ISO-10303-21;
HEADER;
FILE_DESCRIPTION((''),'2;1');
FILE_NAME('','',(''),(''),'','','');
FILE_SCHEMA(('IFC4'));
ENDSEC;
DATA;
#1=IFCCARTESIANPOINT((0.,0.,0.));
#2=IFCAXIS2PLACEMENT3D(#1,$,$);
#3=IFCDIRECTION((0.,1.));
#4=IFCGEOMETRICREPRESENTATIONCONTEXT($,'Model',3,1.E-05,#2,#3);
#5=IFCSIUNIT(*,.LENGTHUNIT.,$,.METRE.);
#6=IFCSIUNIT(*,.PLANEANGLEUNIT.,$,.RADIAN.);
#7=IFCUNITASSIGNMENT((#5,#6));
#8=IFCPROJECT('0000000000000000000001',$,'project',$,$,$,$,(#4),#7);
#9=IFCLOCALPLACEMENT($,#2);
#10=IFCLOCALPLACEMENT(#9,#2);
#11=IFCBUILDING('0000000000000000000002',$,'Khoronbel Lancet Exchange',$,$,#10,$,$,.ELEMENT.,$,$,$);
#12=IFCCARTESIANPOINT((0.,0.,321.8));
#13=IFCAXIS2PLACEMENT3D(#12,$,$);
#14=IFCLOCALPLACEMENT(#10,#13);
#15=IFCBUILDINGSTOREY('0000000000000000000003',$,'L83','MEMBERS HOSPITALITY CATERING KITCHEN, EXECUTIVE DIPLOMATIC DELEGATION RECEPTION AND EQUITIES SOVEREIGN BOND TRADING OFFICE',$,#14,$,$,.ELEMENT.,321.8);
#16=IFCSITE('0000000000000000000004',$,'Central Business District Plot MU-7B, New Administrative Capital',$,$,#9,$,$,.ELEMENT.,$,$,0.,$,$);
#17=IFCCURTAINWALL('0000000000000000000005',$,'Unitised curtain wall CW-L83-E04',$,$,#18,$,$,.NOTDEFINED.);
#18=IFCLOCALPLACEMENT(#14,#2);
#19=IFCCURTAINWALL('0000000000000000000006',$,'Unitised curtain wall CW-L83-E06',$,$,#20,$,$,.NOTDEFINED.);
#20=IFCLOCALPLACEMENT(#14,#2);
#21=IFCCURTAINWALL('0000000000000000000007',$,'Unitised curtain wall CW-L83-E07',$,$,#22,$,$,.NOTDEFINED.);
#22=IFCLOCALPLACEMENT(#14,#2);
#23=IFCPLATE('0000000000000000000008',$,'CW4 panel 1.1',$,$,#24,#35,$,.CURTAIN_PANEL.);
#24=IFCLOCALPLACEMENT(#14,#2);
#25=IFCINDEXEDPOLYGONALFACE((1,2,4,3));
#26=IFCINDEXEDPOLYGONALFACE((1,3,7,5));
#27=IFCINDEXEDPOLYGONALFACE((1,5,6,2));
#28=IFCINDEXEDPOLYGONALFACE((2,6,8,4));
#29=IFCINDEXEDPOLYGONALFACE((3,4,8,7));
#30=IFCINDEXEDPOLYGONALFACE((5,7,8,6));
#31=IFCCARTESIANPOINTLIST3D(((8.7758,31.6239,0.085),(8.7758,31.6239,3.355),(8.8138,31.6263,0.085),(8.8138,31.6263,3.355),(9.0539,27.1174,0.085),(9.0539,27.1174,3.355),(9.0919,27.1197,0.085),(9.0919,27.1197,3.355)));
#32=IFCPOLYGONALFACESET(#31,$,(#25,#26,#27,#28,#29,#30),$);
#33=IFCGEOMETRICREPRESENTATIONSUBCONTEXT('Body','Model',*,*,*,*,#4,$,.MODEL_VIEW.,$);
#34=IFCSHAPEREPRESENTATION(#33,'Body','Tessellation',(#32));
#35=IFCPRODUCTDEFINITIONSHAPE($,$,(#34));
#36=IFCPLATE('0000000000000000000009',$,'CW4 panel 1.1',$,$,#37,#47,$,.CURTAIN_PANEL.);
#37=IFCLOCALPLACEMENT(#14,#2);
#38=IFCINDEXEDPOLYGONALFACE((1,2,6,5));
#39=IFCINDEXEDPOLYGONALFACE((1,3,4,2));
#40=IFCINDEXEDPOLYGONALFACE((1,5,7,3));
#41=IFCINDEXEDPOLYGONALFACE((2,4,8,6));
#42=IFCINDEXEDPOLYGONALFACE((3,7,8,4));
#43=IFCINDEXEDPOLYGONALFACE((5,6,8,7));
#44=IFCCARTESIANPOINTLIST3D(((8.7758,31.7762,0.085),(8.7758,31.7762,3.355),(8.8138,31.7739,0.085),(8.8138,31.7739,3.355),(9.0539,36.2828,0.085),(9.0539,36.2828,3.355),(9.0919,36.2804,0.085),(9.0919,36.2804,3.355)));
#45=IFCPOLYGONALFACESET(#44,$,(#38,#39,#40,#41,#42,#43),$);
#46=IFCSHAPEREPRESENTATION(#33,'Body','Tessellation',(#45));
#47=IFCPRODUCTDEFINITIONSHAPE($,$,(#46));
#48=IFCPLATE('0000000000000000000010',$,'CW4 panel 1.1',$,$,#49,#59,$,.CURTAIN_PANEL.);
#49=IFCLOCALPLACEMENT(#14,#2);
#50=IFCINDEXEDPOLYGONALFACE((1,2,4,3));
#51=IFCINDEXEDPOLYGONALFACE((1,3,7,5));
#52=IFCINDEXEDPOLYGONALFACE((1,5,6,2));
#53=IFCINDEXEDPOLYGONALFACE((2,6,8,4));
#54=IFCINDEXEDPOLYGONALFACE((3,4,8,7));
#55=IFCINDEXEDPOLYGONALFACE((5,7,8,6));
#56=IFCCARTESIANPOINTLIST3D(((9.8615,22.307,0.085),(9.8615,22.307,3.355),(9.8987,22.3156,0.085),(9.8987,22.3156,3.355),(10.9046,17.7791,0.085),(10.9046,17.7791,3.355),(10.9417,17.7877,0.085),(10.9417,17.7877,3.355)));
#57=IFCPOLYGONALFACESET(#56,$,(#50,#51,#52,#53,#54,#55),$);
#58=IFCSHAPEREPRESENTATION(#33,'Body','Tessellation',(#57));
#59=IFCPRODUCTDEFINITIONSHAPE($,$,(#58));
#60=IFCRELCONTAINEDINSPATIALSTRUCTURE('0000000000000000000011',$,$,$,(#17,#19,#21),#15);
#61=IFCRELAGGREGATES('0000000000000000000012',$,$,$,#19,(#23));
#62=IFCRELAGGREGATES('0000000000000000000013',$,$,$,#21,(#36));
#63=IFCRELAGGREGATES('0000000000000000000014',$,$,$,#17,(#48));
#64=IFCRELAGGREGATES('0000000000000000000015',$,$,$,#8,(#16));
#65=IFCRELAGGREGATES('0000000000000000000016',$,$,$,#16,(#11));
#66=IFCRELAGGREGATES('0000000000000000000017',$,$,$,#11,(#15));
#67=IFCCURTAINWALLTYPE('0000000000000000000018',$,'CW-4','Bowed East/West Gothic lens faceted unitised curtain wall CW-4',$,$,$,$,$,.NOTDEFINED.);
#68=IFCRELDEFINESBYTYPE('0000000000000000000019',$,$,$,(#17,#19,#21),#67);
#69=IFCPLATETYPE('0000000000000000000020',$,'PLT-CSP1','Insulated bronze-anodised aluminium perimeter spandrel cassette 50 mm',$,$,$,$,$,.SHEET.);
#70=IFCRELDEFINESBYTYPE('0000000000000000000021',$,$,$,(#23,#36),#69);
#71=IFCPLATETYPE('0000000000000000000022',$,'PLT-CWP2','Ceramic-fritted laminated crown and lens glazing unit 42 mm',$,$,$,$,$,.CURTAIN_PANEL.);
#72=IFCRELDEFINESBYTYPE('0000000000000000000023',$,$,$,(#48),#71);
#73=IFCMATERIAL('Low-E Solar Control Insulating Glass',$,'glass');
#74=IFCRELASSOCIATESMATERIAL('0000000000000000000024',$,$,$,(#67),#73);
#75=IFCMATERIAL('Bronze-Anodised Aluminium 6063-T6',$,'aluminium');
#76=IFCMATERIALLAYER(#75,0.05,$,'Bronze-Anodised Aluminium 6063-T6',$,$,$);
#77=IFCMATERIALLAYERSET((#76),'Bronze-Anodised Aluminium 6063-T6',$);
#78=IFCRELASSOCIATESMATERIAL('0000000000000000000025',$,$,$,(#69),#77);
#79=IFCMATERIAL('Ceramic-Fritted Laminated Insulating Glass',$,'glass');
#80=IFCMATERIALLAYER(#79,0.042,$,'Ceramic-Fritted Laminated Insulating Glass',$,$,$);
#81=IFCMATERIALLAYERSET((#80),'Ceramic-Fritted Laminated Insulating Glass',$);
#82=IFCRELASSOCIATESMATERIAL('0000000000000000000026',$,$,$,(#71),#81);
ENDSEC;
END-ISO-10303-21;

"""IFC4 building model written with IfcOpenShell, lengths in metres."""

from ifc_helpers import new_model, si_unit, direction, frame, origin, origin_2d, place, context, subcontext, project, spatial, rectangle, extrude, material, layer, layer_set, type_object, element, aggregate, save


model = new_model("IFC4")

# Units and contexts
model_context = context("Model", 3, precision=1e-05, world=origin(), true_north=direction((0.0, 1.0)))
body_context = subcontext(model_context, "Body", "Model", "MODEL_VIEW")
ifc_project = project(units=[si_unit("LENGTHUNIT", "METRE"), si_unit("PLANEANGLEUNIT", "RADIAN")], contexts=[model_context])

# Site, building, storey
site_placement = place(None, origin())
site = spatial("IfcSite", under=ifc_project, at=site_placement, Name="Central Business District Plot MU-7B, New Administrative Capital", CompositionType="ELEMENT", RefElevation=0.0)
building_placement = place(site_placement, origin())
building = spatial("IfcBuilding", under=site, at=building_placement, Name="Khoronbel Lancet Exchange", CompositionType="ELEMENT")
storey_placement = place(building_placement, frame((0.0, 0.0, 321.8)))
storey = spatial("IfcBuildingStorey", under=building, at=storey_placement, Name="L83", Description="MEMBERS HOSPITALITY CATERING KITCHEN, EXECUTIVE DIPLOMATIC DELEGATION RECEPTION AND EQUITIES SOVEREIGN BOND TRADING OFFICE", CompositionType="ELEMENT", Elevation=321.8)

# Curtain walls
ifc_material_1 = material(Name="Low-E Solar Control Insulating Glass", Category="glass")
curtain_wall_type = type_object("IfcCurtainWallType", Name="CW-4", Description="Bowed East/West Gothic lens faceted unitised curtain wall CW-4", PredefinedType="NOTDEFINED", material=ifc_material_1)
curtain_wall_1_placement = place(storey_placement, origin())
curtain_wall_1 = element("IfcCurtainWall", 1, at=curtain_wall_1_placement, inside=storey, type_object=curtain_wall_type, Name="Unitised curtain wall CW-L83-E04", PredefinedType="NOTDEFINED")
ifc_material_2 = material(Name="Bronze-Anodised Aluminium 6063-T6", Category="aluminium")
curtain_wall_2_placement = place(storey_placement, origin())
curtain_wall_2 = element("IfcCurtainWall", 2, at=curtain_wall_2_placement, inside=storey, type_object=curtain_wall_type, Name="Unitised curtain wall CW-L83-E06", PredefinedType="NOTDEFINED")

# Curtain wall
curtain_wall_3_placement = place(storey_placement, origin())
curtain_wall_3 = element("IfcCurtainWall", 3, at=curtain_wall_3_placement, inside=storey, type_object=curtain_wall_type, Name="Unitised curtain wall CW-L83-E07", PredefinedType="NOTDEFINED")

# Plates
ifc_layer_1 = layer(ifc_material_2, 0.05, Name="Bronze-Anodised Aluminium 6063-T6")
ifc_layer_set_1 = layer_set([ifc_layer_1], Name="Bronze-Anodised Aluminium 6063-T6")
plate_type_1 = type_object("IfcPlateType", Name="PLT-CSP1", Description="Insulated bronze-anodised aluminium perimeter spandrel cassette 50 mm", PredefinedType="SHEET", material=ifc_layer_set_1)
plate_1_placement = place(storey_placement, frame((8.9338, 29.3718, 0.085), z_axis=(0.0, 0.0, 1.0), x_axis=(-0.061583, 0.998102, 0.0)))
plate_1 = element("IfcPlate", 4, at=plate_1_placement, type_object=plate_type_1, Name="CW4 panel 1.1", PredefinedType="CURTAIN_PANEL", context=body_context, shape_type="SweptSolid", body=[
    extrude(rectangle(XDim=4.5151, YDim=0.0381, at=origin_2d()), origin(), (0.0, 0.0, 1.0), 3.27),
])
aggregate(curtain_wall_2, [plate_1])
plate_2_placement = place(storey_placement, frame((8.9338, 34.0283, 0.085), z_axis=(0.0, 0.0, 1.0), x_axis=(0.061583, 0.998102, 0.0)))
plate_2 = element("IfcPlate", 5, at=plate_2_placement, type_object=plate_type_1, Name="CW4 panel 1.1", PredefinedType="CURTAIN_PANEL", context=body_context, shape_type="SweptSolid", body=[
    extrude(rectangle(XDim=4.5151, YDim=0.0381, at=origin_2d()), origin(), (0.0, 0.0, 1.0), 3.27),
])
aggregate(curtain_wall_3, [plate_2])
ifc_material_3 = material(Name="Ceramic-Fritted Laminated Insulating Glass", Category="glass")
ifc_layer_2 = layer(ifc_material_3, 0.042, Name="Ceramic-Fritted Laminated Insulating Glass")
ifc_layer_set_2 = layer_set([ifc_layer_2], Name="Ceramic-Fritted Laminated Insulating Glass")
plate_type_2 = type_object("IfcPlateType", Name="PLT-CWP2", Description="Ceramic-fritted laminated crown and lens glazing unit 42 mm", PredefinedType="CURTAIN_PANEL", material=ifc_layer_set_2)
plate_3_placement = place(storey_placement, frame((10.4016, 20.0474, 0.085), z_axis=(0.0, 0.0, 1.0), x_axis=(-0.224476, 0.97448, 0.0)))
plate_3 = element("IfcPlate", 6, at=plate_3_placement, type_object=plate_type_2, Name="CW4 panel 1.1", PredefinedType="CURTAIN_PANEL", context=body_context, shape_type="SweptSolid", body=[
    extrude(rectangle(XDim=4.6465, YDim=0.0381, at=origin_2d()), origin(), (0.0, 0.0, 1.0), 3.27),
])
aggregate(curtain_wall_1, [plate_3])

save(model, "model.ifc")
